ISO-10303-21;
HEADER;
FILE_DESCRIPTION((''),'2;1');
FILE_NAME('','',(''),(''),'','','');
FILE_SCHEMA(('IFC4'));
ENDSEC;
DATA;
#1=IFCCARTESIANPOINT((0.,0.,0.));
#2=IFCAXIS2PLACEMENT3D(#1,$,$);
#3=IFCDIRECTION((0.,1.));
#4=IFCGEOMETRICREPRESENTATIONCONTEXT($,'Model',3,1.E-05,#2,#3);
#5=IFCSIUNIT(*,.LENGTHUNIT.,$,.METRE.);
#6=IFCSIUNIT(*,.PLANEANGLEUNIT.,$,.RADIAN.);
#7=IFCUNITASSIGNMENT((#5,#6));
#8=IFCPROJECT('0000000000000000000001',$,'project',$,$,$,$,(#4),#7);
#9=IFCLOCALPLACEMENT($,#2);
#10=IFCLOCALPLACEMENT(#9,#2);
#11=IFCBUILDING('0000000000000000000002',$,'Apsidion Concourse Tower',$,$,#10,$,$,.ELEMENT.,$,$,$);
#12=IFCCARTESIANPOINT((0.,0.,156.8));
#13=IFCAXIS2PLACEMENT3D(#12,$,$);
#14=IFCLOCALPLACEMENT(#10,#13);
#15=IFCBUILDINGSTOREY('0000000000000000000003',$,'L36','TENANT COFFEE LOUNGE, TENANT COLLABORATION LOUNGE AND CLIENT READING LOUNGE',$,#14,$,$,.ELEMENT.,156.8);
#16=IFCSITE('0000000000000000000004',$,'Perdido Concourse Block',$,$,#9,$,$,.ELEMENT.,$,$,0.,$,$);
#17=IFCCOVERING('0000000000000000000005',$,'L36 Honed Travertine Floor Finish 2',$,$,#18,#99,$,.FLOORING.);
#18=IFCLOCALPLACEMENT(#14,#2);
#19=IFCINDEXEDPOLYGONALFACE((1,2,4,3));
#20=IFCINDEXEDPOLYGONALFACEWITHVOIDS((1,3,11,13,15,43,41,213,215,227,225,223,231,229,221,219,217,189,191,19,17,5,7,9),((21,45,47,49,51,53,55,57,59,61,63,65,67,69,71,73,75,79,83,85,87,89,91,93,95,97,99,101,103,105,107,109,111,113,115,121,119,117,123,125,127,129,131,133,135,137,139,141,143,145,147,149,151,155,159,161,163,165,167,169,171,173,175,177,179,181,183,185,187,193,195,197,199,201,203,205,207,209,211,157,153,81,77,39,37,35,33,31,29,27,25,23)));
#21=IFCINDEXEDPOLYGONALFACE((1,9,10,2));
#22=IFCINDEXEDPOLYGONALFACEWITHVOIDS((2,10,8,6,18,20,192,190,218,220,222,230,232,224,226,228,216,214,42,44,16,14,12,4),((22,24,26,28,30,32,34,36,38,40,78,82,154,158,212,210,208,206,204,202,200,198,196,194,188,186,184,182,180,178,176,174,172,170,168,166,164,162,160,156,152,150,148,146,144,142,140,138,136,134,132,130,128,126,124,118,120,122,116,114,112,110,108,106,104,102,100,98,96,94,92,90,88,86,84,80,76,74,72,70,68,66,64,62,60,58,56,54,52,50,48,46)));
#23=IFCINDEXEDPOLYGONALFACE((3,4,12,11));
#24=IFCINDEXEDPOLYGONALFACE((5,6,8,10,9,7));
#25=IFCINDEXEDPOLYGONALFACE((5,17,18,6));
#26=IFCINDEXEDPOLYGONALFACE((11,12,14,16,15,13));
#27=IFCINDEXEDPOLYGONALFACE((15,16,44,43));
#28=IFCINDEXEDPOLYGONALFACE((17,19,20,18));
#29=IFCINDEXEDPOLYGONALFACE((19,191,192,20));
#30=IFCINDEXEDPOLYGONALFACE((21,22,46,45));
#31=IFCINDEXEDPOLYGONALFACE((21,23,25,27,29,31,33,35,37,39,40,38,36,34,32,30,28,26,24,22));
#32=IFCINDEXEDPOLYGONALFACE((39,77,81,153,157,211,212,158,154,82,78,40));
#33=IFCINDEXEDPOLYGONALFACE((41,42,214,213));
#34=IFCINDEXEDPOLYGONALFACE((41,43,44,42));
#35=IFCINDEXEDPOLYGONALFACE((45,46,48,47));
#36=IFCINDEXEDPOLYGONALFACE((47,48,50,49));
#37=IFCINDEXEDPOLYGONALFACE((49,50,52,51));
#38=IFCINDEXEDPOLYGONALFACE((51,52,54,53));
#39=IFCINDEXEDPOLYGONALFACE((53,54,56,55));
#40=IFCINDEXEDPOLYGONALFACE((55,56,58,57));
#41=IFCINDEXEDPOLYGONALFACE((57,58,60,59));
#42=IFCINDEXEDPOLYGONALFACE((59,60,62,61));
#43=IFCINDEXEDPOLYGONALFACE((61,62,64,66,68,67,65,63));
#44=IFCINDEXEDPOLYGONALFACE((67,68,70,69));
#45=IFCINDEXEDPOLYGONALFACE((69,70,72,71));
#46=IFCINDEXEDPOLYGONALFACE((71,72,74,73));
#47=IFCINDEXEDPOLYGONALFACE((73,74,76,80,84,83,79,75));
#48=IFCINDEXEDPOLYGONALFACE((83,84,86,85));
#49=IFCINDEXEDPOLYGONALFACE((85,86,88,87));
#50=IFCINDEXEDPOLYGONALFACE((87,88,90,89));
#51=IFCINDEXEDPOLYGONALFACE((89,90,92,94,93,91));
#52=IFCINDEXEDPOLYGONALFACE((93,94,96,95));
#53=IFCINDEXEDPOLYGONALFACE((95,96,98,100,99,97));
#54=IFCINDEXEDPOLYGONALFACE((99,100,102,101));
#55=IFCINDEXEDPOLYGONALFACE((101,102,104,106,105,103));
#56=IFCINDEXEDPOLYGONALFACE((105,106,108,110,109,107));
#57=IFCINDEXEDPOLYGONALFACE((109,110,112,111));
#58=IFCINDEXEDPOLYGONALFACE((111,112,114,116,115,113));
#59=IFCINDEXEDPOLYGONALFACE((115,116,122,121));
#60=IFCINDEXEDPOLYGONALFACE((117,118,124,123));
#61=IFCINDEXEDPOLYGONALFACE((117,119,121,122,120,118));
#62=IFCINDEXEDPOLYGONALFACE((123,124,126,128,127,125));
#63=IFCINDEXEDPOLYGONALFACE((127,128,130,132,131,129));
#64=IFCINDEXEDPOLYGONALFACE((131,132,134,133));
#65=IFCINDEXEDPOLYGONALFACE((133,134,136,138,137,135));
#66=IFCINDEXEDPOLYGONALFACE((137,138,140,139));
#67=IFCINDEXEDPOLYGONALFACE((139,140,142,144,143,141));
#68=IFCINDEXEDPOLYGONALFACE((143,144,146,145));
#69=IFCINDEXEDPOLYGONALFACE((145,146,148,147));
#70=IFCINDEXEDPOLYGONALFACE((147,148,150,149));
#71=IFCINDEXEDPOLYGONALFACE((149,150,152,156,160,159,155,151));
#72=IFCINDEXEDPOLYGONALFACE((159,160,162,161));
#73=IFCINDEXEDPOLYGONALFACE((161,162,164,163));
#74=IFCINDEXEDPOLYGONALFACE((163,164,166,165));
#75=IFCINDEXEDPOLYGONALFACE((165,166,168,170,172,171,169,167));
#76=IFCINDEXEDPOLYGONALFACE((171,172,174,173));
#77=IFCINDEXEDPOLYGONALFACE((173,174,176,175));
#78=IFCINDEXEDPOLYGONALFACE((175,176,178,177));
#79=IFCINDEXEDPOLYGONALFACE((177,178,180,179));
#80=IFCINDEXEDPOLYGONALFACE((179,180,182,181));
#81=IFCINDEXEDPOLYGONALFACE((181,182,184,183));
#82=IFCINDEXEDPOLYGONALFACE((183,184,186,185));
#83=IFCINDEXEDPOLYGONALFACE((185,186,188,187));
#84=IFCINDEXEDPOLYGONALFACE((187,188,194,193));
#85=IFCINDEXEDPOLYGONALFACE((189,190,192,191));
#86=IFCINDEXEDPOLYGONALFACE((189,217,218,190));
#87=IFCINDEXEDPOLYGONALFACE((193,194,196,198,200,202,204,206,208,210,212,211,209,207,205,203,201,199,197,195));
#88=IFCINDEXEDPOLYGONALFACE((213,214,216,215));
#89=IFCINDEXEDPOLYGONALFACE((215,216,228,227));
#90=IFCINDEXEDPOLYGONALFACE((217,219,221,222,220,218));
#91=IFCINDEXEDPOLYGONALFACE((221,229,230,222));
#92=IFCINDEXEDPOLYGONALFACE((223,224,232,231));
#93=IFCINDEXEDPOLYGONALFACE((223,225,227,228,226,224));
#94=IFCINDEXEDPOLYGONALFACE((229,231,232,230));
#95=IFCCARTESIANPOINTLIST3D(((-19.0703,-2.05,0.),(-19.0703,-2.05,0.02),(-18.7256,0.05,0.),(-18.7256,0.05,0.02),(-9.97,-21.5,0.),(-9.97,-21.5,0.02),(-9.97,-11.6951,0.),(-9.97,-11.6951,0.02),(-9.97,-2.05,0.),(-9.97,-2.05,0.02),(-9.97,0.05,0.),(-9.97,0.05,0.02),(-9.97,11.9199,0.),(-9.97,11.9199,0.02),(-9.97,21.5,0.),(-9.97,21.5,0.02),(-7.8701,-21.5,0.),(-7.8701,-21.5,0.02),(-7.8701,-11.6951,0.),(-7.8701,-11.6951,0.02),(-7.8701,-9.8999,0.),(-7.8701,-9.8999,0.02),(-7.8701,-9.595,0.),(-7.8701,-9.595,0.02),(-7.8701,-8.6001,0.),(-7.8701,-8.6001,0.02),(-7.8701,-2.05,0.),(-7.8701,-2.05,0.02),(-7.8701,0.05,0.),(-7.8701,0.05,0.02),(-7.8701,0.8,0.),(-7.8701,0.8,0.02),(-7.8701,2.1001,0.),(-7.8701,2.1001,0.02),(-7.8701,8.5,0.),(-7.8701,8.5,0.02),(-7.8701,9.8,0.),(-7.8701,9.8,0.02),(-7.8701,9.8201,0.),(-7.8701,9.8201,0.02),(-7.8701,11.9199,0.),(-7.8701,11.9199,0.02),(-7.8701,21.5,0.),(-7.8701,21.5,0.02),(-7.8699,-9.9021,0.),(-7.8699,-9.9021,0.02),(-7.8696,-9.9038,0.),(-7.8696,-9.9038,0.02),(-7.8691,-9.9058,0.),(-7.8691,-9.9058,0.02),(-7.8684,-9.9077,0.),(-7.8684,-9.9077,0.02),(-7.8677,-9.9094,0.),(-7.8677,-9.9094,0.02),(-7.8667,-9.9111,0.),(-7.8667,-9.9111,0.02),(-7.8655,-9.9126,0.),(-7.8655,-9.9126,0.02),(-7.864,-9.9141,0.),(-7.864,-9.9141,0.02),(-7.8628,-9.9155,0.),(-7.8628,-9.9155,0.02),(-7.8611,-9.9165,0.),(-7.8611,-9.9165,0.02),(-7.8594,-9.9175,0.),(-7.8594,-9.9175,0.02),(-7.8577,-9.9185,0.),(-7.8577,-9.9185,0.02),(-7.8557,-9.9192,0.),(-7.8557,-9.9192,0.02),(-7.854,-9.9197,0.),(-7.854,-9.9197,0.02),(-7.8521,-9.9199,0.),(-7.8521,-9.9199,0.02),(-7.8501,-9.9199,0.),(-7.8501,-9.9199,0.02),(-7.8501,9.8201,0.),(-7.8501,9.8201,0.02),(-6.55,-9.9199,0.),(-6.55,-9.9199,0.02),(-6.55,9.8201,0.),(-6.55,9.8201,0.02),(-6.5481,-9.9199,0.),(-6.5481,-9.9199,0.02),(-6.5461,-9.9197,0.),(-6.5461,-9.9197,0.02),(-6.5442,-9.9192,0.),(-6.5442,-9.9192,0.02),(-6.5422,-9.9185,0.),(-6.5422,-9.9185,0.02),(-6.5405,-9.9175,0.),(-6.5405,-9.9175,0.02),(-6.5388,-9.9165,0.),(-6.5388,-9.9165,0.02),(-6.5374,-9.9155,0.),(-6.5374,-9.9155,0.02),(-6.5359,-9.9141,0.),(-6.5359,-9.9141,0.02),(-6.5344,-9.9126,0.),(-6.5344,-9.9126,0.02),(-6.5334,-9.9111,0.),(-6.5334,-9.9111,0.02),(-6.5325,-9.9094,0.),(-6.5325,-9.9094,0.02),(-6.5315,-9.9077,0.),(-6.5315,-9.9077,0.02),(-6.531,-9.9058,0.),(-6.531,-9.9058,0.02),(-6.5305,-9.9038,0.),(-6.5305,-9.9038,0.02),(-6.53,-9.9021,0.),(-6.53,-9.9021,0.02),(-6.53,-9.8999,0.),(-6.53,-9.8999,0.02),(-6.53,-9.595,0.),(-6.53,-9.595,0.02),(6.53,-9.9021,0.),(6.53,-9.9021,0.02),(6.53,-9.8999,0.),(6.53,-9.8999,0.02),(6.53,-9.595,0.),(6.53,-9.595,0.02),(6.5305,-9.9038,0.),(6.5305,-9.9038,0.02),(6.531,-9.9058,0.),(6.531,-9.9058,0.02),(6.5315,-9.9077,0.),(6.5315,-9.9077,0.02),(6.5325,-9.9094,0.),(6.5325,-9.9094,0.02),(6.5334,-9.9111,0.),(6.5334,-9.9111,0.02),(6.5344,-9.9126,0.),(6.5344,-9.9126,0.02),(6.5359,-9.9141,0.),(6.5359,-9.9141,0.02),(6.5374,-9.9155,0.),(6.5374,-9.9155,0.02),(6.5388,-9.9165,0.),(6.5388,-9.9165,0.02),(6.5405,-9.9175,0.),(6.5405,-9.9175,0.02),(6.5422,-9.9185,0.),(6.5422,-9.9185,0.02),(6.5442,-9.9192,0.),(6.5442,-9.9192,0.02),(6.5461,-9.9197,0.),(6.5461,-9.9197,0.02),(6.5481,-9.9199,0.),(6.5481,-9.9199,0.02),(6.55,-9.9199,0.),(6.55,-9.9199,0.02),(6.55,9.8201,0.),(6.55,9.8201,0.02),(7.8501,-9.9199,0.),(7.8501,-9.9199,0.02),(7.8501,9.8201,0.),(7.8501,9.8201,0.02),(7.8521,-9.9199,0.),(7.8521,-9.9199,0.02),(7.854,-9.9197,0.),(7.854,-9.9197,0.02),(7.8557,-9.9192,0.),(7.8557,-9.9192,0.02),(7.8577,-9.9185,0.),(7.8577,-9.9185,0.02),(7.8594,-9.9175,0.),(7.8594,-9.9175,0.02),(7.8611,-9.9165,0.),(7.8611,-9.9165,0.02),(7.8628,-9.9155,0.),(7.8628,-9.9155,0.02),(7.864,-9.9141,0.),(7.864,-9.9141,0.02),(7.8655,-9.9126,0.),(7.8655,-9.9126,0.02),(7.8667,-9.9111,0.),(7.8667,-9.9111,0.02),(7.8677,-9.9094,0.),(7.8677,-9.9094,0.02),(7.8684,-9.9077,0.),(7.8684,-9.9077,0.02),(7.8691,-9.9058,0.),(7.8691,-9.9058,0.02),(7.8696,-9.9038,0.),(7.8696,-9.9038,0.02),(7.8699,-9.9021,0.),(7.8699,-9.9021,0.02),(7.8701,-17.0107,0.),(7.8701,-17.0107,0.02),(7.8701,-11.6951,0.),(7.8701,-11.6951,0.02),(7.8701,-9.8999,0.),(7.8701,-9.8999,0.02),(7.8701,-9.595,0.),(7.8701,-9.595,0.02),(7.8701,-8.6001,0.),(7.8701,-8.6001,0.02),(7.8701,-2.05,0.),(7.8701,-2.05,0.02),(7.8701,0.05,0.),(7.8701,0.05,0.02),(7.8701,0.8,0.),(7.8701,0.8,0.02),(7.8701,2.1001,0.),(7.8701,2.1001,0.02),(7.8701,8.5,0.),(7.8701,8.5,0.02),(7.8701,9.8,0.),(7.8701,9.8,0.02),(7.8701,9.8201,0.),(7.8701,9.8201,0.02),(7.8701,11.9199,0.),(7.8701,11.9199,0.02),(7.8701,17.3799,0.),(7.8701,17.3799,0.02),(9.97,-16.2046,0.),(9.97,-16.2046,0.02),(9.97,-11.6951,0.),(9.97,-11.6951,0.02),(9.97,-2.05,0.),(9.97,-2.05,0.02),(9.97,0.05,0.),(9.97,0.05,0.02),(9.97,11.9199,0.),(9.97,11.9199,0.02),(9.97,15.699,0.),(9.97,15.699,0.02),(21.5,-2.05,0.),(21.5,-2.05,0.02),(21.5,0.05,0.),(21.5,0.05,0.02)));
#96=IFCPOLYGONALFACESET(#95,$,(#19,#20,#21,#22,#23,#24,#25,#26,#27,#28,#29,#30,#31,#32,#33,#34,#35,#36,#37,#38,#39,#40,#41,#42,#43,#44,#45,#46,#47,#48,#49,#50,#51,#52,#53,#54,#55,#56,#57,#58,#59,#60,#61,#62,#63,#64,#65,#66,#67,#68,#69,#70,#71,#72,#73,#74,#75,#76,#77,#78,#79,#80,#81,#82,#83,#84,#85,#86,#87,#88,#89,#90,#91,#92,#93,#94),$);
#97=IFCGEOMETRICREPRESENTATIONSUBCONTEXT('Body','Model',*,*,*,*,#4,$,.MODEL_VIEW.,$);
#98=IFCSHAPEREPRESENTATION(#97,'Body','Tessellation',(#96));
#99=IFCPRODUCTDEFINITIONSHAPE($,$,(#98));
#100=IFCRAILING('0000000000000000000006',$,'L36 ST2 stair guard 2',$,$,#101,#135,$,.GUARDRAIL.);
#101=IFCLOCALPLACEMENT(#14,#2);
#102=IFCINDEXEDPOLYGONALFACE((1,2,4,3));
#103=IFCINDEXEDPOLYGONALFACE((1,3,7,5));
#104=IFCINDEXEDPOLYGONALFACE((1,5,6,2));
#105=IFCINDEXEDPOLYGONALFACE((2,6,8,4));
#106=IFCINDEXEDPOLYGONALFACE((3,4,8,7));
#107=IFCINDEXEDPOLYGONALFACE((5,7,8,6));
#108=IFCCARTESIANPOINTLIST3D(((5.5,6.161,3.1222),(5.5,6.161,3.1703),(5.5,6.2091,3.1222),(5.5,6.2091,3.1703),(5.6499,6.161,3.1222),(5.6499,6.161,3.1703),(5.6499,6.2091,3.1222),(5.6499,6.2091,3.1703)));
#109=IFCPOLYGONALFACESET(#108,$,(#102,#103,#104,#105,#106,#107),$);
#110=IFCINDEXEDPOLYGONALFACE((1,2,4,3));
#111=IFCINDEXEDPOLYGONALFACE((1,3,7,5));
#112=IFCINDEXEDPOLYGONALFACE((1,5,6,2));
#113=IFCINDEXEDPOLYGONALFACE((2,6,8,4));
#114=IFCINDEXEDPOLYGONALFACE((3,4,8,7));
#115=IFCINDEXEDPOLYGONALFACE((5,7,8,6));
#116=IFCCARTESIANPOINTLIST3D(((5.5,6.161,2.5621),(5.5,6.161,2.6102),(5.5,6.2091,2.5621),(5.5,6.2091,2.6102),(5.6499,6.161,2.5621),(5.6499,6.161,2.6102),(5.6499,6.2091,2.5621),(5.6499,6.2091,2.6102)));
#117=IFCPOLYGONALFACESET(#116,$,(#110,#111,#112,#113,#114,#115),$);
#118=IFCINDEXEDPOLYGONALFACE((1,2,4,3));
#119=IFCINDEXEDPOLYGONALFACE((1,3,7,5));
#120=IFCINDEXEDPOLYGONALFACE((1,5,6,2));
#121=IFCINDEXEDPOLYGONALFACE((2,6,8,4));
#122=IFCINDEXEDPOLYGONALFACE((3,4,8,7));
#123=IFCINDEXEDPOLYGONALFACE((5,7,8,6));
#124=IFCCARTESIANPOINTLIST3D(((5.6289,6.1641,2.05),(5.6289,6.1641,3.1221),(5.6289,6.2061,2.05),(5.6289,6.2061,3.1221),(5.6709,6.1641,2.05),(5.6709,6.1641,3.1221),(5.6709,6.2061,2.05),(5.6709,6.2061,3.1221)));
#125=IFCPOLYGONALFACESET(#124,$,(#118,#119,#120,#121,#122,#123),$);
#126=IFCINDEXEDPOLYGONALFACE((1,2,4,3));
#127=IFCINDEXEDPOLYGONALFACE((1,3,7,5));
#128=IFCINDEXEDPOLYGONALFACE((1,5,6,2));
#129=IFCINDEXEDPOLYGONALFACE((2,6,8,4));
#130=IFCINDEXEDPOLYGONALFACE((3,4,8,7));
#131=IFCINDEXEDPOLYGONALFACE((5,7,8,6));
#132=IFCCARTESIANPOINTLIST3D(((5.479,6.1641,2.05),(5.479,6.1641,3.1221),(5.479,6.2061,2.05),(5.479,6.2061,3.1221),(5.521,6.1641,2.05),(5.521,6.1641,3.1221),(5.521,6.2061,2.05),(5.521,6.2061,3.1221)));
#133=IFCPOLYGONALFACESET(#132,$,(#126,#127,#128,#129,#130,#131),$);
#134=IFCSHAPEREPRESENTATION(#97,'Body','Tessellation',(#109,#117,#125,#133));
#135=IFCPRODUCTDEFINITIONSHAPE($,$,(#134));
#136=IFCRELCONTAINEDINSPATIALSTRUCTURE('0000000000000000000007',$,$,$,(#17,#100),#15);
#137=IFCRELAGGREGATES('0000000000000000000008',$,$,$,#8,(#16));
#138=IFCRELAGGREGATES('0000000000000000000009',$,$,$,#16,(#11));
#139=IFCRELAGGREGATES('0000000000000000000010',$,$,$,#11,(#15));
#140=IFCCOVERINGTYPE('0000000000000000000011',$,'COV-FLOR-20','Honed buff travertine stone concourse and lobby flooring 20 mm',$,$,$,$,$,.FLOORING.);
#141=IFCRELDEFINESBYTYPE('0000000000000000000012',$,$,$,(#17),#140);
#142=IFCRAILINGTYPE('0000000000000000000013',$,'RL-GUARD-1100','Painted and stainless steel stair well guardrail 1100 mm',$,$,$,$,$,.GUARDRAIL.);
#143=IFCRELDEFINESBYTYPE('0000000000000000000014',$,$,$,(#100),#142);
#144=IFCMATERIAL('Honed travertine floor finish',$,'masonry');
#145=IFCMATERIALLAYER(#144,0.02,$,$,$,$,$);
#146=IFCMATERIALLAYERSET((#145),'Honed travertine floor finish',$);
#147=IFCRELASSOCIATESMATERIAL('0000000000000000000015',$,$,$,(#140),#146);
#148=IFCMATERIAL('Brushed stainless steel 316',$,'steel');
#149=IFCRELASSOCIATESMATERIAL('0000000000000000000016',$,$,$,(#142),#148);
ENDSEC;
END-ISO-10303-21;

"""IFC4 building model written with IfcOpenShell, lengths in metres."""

from ifc_helpers import new_model, si_unit, direction, frame, origin, origin_2d, place, context, subcontext, project, spatial, polyline, rectangle, outline, extrude, material, layer, layer_set, type_object, element, save


model = new_model("IFC4")

# Units and contexts
model_context = context("Model", 3, precision=1e-05, world=origin(), true_north=direction((0.0, 1.0)))
body_context = subcontext(model_context, "Body", "Model", "MODEL_VIEW")
ifc_project = project(units=[si_unit("LENGTHUNIT", "METRE"), si_unit("PLANEANGLEUNIT", "RADIAN")], contexts=[model_context])

# Site, building, storey
site_placement = place(None, origin())
site = spatial("IfcSite", under=ifc_project, at=site_placement, Name="Perdido Concourse Block", CompositionType="ELEMENT", RefElevation=0.0)
building_placement = place(site_placement, origin())
building = spatial("IfcBuilding", under=site, at=building_placement, Name="Apsidion Concourse Tower", CompositionType="ELEMENT")
storey_placement = place(building_placement, frame((0.0, 0.0, 156.8)))
storey = spatial("IfcBuildingStorey", under=building, at=storey_placement, Name="L36", Description="TENANT COFFEE LOUNGE, TENANT COLLABORATION LOUNGE AND CLIENT READING LOUNGE", CompositionType="ELEMENT", Elevation=156.8)

# Covering
ifc_material_1 = material(Name="Honed travertine floor finish", Category="masonry")
ifc_layer_1 = layer(ifc_material_1, 0.02)
ifc_layer_set_1 = layer_set([ifc_layer_1], Name="Honed travertine floor finish")
covering_type_1 = type_object("IfcCoveringType", Name="COV-FLOR-20", Description="Honed buff travertine stone concourse and lobby flooring 20 mm", PredefinedType="FLOORING", material=ifc_layer_set_1)
covering_1_placement = place(storey_placement, origin())
element("IfcCovering", 1, at=covering_1_placement, inside=storey, type_object=covering_type_1, Name="L36 Honed Travertine Floor Finish 2", PredefinedType="FLOORING", context=body_context, shape_type="SweptSolid", body=[
    extrude(outline(polyline([(9.97, -16.2046), (7.8701, -17.0107), (7.8701, -11.6951), (-7.8701, -11.6951), (-7.8701, -21.5), (-9.97, -21.5), (-9.97, -11.6951), (-9.97, -2.05), (-19.0703, -2.05), (-18.7256, 0.05), (-9.97, 0.05), (-9.97, 11.9199), (-9.97, 21.5), (-7.8701, 21.5), (-7.8701, 11.9199), (7.8701, 11.9199), (7.8701, 17.3799), (9.97, 15.699), (9.97, 11.9199), (9.97, 0.05), (21.5, 0.05), (21.5, -2.05), (9.97, -2.05), (9.97, -11.6951), (9.97, -16.2046)]), holes=[polyline([(7.8701, -8.6001), (7.8701, -2.05), (7.8701, 0.05), (7.8701, 0.8), (7.8701, 2.1001), (7.8701, 8.5), (7.8701, 9.8), (7.8701, 9.8201), (7.8501, 9.8201), (6.55, 9.8201), (-6.55, 9.8201), (-7.8501, 9.8201), (-7.8701, 9.8201), (-7.8701, 9.8), (-7.8701, 8.5), (-7.8701, 2.1001), (-7.8701, 0.8), (-7.8701, 0.05), (-7.8701, -2.05), (-7.8701, -8.6001), (-7.8701, -9.595), (-7.8701, -9.8999), (-7.8699, -9.9021), (-7.8696, -9.9038), (-7.8691, -9.9058), (-7.8684, -9.9077), (-7.8677, -9.9094), (-7.8667, -9.9111), (-7.8655, -9.9126), (-7.864, -9.9141), (-7.8628, -9.9155), (-7.8611, -9.9165), (-7.8594, -9.9175), (-7.8577, -9.9185), (-7.8557, -9.9192), (-7.854, -9.9197), (-7.8521, -9.9199), (-7.8501, -9.9199), (-6.55, -9.9199), (-6.5481, -9.9199), (-6.5461, -9.9197), (-6.5442, -9.9192), (-6.5422, -9.9185), (-6.5405, -9.9175), (-6.5388, -9.9165), (-6.5374, -9.9155), (-6.5359, -9.9141), (-6.5344, -9.9126), (-6.5334, -9.9111), (-6.5325, -9.9094), (-6.5315, -9.9077), (-6.531, -9.9058), (-6.5305, -9.9038), (-6.53, -9.9021), (-6.53, -9.8999), (-6.53, -9.595), (6.53, -9.595), (6.53, -9.8999), (6.53, -9.9021), (6.5305, -9.9038), (6.531, -9.9058), (6.5315, -9.9077), (6.5325, -9.9094), (6.5334, -9.9111), (6.5344, -9.9126), (6.5359, -9.9141), (6.5374, -9.9155), (6.5388, -9.9165), (6.5405, -9.9175), (6.5422, -9.9185), (6.5442, -9.9192), (6.5461, -9.9197), (6.5481, -9.9199), (6.55, -9.9199), (7.8501, -9.9199), (7.8521, -9.9199), (7.854, -9.9197), (7.8557, -9.9192), (7.8577, -9.9185), (7.8594, -9.9175), (7.8611, -9.9165), (7.8628, -9.9155), (7.864, -9.9141), (7.8655, -9.9126), (7.8667, -9.9111), (7.8677, -9.9094), (7.8684, -9.9077), (7.8691, -9.9058), (7.8696, -9.9038), (7.8699, -9.9021), (7.8701, -9.8999), (7.8701, -9.595), (7.8701, -8.6001)])]), origin(), (0.0, 0.0, 1.0), 0.02),
])

# Railing
ifc_material_2 = material(Name="Brushed stainless steel 316", Category="steel")
railing_type_1 = type_object("IfcRailingType", Name="RL-GUARD-1100", Description="Painted and stainless steel stair well guardrail 1100 mm", PredefinedType="GUARDRAIL", material=ifc_material_2)
railing_1_placement = place(storey_placement, frame((5.6499, 6.1851, 2.05)))
element("IfcRailing", 2, at=railing_1_placement, inside=storey, type_object=railing_type_1, Name="L36 ST2 stair guard 2", PredefinedType="GUARDRAIL", context=body_context, shape_type="SweptSolid", body=[
    extrude(rectangle(XDim=0.0481, YDim=0.0481, at=origin_2d()), frame((0.0, 0.0, 1.0962), z_axis=(-1.0, 0.0, 0.0), x_axis=(0.0, -1.0, 0.0)), (0.0, 0.0, 1.0), 0.1499),
    extrude(rectangle(XDim=0.0481, YDim=0.0481, at=origin_2d()), frame((0.0, 0.0, 0.5361), z_axis=(-1.0, 0.0, 0.0), x_axis=(0.0, -1.0, 0.0)), (0.0, 0.0, 1.0), 0.1499),
    extrude(rectangle(XDim=0.042, YDim=0.042, at=origin_2d()), origin(), (0.0, 0.0, 1.0), 1.072),
    extrude(rectangle(XDim=0.042, YDim=0.042, at=origin_2d()), frame((-0.1499, 0.0, 0.0)), (0.0, 0.0, 1.0), 1.072),
])

save(model, "model.ifc")
